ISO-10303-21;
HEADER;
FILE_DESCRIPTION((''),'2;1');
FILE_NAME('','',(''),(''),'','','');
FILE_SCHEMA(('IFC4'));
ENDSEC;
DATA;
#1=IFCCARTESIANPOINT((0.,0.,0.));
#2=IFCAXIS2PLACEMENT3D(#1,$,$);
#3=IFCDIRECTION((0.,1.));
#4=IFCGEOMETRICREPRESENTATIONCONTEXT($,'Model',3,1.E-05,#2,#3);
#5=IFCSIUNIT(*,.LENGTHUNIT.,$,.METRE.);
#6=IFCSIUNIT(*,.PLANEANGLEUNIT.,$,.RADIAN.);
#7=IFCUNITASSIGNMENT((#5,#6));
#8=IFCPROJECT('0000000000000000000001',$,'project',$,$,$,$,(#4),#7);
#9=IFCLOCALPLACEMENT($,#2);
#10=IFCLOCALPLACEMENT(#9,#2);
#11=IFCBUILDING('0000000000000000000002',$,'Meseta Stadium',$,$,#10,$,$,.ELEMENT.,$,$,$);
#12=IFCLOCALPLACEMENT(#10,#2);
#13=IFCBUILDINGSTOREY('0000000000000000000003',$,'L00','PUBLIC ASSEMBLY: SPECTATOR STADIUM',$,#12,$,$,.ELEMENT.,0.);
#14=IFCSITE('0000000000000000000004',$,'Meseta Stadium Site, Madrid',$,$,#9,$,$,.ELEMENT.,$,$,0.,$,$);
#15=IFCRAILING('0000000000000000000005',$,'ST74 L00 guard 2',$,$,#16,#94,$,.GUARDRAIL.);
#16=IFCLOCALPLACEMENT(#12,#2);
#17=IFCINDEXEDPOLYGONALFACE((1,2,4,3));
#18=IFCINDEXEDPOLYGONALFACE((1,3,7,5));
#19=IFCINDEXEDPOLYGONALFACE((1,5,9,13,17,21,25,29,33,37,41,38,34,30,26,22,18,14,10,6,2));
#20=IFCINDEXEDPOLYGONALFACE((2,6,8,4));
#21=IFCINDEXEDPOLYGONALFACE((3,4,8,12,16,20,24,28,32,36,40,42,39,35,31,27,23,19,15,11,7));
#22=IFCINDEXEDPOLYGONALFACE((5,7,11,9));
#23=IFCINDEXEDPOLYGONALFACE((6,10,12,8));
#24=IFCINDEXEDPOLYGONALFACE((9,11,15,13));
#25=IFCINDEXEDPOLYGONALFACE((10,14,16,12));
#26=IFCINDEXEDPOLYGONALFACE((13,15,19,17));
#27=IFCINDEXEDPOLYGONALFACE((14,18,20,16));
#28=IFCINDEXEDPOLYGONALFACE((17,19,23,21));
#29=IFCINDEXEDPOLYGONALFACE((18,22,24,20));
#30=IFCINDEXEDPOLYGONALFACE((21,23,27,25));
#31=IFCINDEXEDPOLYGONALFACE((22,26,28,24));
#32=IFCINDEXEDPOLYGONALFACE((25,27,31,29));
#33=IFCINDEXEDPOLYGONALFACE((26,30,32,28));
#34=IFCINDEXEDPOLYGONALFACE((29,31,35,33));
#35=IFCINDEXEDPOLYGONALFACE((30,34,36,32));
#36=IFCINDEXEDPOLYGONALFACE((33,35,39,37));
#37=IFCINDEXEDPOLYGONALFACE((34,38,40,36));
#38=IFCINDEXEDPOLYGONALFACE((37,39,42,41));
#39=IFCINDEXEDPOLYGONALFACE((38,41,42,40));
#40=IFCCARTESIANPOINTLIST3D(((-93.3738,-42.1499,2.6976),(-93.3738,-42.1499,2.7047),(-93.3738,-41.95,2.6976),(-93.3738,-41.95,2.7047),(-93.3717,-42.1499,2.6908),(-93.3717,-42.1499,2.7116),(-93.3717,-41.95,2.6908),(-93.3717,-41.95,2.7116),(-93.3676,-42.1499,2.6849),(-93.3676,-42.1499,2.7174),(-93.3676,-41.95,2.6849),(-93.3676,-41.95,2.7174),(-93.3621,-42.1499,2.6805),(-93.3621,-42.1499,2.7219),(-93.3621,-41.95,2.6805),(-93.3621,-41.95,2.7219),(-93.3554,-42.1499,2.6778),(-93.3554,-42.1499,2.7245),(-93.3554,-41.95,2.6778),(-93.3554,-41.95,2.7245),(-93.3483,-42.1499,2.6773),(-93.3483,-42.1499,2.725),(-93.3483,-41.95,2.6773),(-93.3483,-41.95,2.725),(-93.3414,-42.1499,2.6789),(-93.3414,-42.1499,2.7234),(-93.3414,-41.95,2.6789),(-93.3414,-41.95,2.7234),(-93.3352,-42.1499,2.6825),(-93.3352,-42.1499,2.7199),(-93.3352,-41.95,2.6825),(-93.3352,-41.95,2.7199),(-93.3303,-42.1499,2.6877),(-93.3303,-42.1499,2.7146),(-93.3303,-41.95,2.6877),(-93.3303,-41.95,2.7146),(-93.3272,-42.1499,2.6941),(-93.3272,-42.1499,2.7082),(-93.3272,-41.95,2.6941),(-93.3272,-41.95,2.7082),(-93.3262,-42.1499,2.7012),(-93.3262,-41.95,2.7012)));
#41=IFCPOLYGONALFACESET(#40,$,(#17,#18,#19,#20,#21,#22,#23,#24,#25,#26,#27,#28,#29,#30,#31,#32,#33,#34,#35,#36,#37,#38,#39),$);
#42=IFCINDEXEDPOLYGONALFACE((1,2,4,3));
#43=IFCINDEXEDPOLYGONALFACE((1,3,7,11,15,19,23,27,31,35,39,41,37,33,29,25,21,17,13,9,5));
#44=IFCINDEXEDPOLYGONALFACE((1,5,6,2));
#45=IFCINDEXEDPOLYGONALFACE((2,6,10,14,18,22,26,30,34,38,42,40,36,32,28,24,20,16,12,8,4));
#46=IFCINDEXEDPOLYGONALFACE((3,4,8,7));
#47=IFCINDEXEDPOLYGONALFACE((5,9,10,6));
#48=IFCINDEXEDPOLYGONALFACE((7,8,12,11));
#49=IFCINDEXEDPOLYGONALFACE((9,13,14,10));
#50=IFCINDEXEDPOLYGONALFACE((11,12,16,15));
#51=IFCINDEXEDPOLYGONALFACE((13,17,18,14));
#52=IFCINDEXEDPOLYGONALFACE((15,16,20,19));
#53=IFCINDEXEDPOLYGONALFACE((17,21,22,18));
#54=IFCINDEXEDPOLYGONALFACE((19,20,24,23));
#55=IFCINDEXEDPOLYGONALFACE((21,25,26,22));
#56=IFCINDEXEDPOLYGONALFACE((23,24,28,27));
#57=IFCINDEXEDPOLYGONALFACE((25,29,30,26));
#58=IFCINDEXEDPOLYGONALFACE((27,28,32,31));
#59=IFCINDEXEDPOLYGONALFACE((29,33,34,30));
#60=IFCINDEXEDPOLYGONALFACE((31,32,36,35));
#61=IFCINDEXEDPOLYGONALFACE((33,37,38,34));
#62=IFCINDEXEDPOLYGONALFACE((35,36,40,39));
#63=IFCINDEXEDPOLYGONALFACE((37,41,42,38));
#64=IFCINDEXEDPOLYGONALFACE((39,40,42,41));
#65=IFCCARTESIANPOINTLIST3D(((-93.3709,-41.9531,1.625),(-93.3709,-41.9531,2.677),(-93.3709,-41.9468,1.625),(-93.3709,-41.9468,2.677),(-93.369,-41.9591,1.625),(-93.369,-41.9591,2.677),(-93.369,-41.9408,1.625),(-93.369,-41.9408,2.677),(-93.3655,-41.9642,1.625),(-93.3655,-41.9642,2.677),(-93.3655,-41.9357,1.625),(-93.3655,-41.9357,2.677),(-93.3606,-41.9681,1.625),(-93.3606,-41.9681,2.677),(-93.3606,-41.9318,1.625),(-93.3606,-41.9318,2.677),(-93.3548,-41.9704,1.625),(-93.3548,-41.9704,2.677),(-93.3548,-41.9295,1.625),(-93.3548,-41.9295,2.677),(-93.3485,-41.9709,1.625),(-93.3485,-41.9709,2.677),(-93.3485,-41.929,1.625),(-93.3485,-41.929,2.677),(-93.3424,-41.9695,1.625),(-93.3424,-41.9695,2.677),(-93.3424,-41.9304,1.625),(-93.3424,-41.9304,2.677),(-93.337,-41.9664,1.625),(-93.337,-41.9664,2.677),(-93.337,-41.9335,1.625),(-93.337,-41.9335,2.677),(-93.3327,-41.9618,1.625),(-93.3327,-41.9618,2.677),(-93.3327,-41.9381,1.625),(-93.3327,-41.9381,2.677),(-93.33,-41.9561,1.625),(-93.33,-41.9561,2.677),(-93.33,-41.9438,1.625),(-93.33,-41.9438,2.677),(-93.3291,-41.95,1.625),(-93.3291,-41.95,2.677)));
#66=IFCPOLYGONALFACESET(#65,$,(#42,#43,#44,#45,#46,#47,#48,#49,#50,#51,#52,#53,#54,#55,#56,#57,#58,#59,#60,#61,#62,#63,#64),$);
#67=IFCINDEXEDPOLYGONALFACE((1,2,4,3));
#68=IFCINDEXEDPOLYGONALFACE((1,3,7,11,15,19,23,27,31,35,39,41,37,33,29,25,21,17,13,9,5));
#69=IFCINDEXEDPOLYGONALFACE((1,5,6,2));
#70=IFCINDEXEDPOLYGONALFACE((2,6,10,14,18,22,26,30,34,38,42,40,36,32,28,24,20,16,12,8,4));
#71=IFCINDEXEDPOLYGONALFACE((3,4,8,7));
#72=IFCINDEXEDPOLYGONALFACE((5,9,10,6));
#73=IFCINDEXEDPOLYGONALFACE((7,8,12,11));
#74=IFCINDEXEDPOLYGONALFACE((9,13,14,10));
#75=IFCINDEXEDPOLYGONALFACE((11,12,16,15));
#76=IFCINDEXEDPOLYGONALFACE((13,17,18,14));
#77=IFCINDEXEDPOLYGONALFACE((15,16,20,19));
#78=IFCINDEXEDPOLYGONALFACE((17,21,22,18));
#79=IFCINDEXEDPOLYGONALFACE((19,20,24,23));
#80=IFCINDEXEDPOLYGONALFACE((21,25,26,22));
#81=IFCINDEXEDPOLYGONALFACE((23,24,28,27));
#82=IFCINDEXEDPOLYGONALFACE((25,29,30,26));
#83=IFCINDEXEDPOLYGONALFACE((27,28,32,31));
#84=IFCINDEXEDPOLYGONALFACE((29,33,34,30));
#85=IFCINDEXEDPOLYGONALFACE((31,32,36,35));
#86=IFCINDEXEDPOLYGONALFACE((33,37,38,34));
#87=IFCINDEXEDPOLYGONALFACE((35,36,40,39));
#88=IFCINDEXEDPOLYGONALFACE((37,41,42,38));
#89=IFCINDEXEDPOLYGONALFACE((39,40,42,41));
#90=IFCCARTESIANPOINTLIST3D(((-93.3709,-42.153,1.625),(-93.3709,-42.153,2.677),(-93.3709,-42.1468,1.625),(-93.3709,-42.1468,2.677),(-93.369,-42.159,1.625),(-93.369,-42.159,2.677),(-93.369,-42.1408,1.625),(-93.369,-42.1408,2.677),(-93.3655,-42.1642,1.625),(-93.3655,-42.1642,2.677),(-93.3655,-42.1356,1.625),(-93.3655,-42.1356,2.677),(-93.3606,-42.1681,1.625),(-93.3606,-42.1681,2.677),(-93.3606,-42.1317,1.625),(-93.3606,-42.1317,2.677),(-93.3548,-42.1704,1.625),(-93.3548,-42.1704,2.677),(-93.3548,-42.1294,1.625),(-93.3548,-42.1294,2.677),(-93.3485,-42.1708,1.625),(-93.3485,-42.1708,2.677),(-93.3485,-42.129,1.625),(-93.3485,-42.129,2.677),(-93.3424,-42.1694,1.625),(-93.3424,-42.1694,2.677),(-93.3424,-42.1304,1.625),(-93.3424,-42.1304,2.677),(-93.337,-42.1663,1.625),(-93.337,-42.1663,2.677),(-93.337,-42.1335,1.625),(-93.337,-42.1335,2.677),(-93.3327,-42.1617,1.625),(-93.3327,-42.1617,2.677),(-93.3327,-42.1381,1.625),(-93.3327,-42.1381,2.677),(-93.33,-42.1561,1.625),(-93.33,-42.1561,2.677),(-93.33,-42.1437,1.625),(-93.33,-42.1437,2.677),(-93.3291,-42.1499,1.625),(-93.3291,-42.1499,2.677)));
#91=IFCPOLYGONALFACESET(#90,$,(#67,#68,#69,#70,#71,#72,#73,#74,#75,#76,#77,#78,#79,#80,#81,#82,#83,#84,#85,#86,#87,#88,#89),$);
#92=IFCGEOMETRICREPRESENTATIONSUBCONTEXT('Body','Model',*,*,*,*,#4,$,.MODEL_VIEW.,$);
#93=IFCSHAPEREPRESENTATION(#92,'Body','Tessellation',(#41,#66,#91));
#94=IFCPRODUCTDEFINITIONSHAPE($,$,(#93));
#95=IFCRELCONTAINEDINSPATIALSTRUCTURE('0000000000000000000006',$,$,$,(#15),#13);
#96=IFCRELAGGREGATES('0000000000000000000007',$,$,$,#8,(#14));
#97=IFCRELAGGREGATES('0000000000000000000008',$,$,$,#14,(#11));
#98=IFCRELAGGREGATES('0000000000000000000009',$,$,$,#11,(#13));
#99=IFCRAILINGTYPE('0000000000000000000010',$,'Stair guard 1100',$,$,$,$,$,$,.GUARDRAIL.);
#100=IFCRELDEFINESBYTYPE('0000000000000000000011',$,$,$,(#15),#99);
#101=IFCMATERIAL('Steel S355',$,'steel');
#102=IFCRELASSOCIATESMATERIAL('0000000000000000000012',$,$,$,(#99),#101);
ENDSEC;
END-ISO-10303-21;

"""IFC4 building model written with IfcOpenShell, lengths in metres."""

from ifc_helpers import new_model, si_unit, direction, frame, origin, origin_2d, place, context, subcontext, project, spatial, circle, extrude, material, type_object, element, save


model = new_model("IFC4")

# Units and contexts
model_context = context("Model", 3, precision=1e-05, world=origin(), true_north=direction((0.0, 1.0)))
body_context = subcontext(model_context, "Body", "Model", "MODEL_VIEW")
ifc_project = project(units=[si_unit("LENGTHUNIT", "METRE"), si_unit("PLANEANGLEUNIT", "RADIAN")], contexts=[model_context])

# Site, building, storey
site_placement = place(None, origin())
site = spatial("IfcSite", under=ifc_project, at=site_placement, Name="Meseta Stadium Site, Madrid", CompositionType="ELEMENT", RefElevation=0.0)
building_placement = place(site_placement, origin())
building = spatial("IfcBuilding", under=site, at=building_placement, Name="Meseta Stadium", CompositionType="ELEMENT")
storey_placement = place(building_placement, origin())
storey = spatial("IfcBuildingStorey", under=building, at=storey_placement, Name="L00", Description="PUBLIC ASSEMBLY: SPECTATOR STADIUM", CompositionType="ELEMENT", Elevation=0.0)

# Railing
ifc_material_1 = material(Name="Steel S355", Category="steel")
railing_type_1 = type_object("IfcRailingType", Name="Stair guard 1100", PredefinedType="GUARDRAIL", material=ifc_material_1)
railing_1_placement = place(storey_placement, frame((-93.3501, -41.95, 1.625)))
element("IfcRailing", 1, at=railing_1_placement, inside=storey, type_object=railing_type_1, Name="ST74 L00 guard 2", PredefinedType="GUARDRAIL", context=body_context, shape_type="SweptSolid", body=[
    extrude(circle(Radius=0.0239, at=origin_2d()), frame((0.0, 0.0, 1.0762), z_axis=(0.0, -1.0, 0.0), x_axis=(1.0, 0.0, 0.0)), (0.0, 0.0, 1.0), 0.2),
    extrude(circle(Radius=0.021, at=origin_2d()), origin(), (0.0, 0.0, 1.0), 1.052),
    extrude(circle(Radius=0.021, at=origin_2d()), frame((0.0, -0.2, 0.0)), (0.0, 0.0, 1.0), 1.052),
])

save(model, "model.ifc")
